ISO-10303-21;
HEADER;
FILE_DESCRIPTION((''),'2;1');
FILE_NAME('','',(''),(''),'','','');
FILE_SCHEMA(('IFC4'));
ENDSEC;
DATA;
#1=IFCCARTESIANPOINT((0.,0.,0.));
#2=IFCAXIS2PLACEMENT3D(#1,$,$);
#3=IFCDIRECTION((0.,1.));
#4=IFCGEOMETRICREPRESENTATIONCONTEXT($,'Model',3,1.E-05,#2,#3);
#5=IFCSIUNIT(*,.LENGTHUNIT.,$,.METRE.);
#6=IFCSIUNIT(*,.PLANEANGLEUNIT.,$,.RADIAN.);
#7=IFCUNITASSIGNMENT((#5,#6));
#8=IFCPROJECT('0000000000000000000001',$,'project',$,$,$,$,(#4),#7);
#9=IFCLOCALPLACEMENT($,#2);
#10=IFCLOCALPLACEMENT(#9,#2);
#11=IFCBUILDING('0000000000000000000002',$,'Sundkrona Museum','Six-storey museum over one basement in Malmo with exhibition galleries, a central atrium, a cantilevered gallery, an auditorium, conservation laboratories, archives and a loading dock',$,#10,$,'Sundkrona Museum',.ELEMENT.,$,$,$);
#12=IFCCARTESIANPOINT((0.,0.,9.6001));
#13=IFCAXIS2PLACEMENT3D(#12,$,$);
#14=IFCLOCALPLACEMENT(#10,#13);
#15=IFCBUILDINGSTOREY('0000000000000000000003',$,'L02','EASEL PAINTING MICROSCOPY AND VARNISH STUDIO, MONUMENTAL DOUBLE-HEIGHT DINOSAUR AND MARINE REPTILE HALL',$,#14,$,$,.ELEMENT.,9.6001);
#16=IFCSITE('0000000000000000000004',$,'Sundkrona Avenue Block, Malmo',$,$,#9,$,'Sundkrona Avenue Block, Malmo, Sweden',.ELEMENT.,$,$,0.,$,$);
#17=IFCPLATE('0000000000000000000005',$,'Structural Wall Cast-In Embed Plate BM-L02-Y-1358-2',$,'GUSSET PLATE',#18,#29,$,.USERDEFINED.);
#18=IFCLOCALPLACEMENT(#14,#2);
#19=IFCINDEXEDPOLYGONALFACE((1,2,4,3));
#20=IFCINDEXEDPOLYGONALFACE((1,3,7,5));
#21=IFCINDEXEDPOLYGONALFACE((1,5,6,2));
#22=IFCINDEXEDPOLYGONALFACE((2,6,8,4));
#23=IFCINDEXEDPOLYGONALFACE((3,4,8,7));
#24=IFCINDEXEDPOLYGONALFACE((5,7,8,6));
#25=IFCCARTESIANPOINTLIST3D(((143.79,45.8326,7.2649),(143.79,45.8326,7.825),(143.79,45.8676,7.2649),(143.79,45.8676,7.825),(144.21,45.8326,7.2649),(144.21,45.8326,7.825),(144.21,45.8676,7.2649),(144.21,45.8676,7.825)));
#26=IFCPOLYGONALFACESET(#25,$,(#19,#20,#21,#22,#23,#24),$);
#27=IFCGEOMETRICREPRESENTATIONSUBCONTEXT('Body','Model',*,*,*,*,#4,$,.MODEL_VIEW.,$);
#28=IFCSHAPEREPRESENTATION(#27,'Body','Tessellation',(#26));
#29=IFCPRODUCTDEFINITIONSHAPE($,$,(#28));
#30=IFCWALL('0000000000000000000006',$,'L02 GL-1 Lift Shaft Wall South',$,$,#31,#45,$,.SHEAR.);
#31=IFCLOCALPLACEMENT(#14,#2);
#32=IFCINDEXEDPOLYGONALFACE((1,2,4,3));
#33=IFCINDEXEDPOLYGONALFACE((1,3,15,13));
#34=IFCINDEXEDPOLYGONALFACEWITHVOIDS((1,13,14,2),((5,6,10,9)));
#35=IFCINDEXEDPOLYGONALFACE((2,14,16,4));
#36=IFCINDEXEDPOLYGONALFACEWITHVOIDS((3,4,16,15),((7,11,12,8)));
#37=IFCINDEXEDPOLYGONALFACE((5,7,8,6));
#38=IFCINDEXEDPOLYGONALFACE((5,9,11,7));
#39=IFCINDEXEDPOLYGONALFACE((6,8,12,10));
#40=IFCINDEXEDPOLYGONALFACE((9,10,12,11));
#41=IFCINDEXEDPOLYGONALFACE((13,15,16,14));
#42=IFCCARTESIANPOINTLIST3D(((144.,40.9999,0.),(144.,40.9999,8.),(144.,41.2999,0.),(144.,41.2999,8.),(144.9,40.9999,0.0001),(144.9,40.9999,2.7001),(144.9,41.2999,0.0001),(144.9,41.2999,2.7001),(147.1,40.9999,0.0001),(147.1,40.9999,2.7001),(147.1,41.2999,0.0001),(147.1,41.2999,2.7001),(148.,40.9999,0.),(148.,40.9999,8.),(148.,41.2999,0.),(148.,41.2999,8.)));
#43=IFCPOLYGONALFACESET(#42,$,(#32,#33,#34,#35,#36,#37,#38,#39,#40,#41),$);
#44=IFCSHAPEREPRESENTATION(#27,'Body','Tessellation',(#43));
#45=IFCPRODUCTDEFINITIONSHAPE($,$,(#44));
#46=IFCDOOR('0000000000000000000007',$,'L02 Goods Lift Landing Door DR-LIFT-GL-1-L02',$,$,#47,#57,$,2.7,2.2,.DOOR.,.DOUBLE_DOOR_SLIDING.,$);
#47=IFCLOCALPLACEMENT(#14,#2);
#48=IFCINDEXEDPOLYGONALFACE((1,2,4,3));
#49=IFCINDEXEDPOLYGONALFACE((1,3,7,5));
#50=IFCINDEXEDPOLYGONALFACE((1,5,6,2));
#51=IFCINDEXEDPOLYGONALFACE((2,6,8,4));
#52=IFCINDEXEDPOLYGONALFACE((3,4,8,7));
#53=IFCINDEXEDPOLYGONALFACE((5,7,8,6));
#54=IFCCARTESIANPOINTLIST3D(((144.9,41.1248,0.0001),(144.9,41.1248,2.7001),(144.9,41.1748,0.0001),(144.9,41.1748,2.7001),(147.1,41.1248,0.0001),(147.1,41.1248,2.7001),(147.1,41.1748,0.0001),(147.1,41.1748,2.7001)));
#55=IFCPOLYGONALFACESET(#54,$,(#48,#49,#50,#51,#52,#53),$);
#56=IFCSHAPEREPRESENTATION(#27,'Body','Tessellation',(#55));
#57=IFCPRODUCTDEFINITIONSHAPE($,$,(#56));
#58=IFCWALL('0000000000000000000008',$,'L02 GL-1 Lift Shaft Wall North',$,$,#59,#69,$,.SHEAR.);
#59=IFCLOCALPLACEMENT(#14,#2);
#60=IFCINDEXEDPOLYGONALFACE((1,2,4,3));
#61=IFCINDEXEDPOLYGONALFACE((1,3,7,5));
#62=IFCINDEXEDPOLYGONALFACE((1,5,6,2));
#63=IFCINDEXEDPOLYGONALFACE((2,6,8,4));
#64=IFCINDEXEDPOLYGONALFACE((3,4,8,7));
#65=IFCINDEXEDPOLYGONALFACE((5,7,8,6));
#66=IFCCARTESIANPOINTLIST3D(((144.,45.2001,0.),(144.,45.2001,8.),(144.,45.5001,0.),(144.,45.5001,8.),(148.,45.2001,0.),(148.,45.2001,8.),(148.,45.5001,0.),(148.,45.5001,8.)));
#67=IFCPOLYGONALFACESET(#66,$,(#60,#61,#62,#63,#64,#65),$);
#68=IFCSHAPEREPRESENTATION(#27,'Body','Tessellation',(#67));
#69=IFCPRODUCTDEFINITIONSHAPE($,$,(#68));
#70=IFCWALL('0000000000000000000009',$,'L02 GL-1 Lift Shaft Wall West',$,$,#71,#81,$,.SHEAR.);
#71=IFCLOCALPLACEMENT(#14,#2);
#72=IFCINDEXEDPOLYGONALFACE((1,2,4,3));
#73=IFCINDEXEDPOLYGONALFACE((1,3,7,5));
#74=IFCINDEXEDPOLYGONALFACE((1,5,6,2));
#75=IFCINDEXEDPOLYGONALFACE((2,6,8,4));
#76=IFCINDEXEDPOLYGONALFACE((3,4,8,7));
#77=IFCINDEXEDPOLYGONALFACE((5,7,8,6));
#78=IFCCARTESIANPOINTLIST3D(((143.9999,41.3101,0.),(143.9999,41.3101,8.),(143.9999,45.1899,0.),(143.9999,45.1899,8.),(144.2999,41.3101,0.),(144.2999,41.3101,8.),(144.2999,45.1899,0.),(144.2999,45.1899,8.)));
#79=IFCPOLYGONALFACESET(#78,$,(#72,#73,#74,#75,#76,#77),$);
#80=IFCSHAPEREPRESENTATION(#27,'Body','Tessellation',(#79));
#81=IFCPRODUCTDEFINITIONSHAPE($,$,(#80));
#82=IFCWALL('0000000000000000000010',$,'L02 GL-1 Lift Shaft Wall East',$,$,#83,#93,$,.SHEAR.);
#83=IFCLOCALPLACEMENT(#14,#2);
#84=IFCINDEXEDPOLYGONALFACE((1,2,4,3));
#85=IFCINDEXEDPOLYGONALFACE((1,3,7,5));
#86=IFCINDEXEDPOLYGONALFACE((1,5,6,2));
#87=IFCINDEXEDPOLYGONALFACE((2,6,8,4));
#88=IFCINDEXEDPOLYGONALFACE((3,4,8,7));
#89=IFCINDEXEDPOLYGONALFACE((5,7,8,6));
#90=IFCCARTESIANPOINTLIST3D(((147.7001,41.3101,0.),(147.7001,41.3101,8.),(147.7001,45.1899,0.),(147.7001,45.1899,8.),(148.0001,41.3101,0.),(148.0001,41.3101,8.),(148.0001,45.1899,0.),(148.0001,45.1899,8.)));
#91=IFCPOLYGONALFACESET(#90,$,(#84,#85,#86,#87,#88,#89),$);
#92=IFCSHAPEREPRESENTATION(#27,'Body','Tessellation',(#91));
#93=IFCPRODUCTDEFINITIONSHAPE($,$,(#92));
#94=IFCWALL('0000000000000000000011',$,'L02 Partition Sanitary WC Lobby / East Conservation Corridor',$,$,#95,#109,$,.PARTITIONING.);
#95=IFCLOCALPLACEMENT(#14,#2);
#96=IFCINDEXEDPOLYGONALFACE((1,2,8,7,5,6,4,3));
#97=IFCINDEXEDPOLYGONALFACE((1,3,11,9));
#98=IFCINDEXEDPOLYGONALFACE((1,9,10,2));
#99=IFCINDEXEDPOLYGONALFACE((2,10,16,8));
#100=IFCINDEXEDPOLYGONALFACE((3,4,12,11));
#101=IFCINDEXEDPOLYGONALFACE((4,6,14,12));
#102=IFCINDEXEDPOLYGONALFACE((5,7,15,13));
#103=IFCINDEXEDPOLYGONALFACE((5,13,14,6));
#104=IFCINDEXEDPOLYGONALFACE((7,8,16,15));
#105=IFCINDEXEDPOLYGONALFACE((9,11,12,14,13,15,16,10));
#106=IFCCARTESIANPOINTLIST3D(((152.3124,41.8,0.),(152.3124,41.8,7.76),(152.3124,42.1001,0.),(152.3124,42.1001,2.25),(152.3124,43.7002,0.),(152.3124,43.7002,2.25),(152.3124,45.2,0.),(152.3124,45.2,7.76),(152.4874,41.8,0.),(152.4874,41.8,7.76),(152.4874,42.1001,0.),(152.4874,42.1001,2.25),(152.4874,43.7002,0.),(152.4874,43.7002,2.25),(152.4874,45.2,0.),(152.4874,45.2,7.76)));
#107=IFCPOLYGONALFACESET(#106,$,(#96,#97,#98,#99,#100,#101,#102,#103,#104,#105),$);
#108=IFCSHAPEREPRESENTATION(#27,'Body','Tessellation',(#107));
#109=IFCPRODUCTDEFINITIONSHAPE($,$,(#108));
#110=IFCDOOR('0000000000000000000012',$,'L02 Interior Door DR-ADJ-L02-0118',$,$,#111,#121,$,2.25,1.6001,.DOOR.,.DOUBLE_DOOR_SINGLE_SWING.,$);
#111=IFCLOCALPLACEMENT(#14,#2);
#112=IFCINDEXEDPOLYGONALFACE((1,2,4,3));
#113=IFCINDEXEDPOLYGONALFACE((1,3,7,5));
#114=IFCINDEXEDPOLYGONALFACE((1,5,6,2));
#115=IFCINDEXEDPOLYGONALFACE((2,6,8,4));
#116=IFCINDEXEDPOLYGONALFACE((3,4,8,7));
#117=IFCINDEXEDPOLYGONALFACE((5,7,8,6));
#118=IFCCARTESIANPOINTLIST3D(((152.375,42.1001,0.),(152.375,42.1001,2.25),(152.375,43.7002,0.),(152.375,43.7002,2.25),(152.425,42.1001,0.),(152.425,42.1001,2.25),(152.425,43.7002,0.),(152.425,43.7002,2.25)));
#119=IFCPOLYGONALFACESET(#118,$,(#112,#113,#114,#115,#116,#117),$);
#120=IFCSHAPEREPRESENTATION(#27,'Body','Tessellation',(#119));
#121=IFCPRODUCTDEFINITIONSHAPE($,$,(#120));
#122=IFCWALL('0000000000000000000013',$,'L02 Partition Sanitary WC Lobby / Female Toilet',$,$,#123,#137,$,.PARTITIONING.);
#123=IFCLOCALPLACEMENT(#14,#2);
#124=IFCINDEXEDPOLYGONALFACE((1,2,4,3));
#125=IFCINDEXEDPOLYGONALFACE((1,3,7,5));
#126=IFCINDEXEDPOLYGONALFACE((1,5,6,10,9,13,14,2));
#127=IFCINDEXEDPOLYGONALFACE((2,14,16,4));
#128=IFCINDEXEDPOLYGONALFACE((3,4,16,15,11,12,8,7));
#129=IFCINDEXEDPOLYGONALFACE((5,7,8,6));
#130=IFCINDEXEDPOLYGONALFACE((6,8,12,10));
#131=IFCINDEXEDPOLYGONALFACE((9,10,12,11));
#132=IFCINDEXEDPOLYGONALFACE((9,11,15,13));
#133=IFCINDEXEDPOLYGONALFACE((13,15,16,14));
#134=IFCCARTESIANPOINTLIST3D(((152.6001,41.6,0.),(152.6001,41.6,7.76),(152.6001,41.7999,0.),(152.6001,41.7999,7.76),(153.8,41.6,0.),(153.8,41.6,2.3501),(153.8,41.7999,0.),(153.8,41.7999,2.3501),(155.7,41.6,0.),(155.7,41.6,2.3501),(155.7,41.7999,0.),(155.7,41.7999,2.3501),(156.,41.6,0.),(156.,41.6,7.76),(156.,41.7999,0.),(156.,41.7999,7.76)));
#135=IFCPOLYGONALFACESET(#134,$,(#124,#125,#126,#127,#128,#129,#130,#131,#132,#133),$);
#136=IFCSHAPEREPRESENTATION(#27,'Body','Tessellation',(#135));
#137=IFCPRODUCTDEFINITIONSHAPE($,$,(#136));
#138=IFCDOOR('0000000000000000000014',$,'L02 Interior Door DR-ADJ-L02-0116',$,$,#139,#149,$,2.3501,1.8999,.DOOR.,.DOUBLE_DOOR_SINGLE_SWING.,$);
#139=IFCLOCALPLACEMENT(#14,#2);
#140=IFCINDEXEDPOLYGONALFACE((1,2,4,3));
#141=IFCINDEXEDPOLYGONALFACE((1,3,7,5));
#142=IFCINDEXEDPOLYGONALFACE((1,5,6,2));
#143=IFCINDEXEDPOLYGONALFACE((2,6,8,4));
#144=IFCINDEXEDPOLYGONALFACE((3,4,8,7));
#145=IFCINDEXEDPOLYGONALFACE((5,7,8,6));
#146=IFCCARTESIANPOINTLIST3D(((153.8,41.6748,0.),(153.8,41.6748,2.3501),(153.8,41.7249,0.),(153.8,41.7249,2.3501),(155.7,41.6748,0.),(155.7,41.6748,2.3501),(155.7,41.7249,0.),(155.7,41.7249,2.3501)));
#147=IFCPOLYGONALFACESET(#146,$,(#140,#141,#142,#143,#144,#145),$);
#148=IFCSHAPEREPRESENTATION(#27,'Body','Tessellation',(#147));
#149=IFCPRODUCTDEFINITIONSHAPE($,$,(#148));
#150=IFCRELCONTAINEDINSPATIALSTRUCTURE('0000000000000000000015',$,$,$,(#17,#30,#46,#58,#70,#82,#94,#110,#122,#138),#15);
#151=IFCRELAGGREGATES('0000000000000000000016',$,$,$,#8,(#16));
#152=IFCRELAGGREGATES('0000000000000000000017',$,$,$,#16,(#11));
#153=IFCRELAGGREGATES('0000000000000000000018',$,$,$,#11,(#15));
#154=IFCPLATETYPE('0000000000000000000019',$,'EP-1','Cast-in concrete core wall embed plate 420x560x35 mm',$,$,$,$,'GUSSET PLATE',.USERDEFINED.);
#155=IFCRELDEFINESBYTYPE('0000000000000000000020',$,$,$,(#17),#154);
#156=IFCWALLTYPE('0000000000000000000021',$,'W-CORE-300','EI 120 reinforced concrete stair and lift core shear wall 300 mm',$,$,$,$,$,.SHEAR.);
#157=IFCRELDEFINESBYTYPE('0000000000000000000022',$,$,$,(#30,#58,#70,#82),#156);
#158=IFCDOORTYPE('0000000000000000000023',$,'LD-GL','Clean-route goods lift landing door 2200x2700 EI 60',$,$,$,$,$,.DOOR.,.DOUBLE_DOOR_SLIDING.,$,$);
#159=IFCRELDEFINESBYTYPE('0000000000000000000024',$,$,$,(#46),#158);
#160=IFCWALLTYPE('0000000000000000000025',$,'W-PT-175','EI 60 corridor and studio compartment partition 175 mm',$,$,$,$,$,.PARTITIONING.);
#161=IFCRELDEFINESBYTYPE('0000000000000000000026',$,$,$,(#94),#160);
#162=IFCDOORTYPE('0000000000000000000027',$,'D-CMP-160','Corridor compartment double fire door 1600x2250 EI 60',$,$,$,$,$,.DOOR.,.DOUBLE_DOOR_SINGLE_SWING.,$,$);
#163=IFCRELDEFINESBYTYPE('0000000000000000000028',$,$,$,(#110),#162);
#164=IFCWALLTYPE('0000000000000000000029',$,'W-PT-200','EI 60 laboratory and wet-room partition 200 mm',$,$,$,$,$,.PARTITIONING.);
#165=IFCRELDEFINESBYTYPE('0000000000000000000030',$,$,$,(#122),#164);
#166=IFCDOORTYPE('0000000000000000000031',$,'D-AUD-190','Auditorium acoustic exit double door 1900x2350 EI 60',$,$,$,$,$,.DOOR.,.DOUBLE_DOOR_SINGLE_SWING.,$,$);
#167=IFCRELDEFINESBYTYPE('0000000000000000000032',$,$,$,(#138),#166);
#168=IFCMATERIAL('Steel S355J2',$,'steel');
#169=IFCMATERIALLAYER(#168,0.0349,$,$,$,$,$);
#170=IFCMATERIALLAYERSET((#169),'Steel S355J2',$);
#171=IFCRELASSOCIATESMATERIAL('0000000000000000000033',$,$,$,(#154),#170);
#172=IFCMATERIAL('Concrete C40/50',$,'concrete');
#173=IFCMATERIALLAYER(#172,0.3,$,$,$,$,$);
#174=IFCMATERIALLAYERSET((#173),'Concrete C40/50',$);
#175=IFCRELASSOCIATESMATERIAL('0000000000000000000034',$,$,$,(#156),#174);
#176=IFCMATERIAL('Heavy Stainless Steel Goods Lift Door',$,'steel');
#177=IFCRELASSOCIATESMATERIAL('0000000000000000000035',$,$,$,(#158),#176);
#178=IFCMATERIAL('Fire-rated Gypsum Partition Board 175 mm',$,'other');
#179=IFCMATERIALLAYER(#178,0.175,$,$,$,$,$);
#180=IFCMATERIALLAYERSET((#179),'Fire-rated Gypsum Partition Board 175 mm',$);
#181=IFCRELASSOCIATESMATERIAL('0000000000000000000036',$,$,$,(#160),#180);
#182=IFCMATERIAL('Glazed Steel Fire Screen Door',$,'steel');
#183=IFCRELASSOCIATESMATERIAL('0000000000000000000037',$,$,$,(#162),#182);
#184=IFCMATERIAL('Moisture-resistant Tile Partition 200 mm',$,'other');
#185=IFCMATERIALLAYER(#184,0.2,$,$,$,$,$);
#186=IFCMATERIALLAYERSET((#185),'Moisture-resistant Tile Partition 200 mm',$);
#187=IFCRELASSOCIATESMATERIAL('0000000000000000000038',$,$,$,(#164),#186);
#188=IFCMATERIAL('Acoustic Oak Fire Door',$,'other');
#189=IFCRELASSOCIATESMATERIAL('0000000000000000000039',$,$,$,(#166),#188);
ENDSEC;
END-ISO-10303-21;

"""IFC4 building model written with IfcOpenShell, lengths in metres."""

from ifc_helpers import new_model, si_unit, direction, frame, frame_2d, origin, origin_2d, place, context, subcontext, project, spatial, rectangle, extrude, material, layer, layer_set, type_object, element, fill, save


model = new_model("IFC4")

# Units and contexts
model_context = context("Model", 3, precision=1e-05, world=origin(), true_north=direction((0.0, 1.0)))
body_context = subcontext(model_context, "Body", "Model", "MODEL_VIEW")
ifc_project = project(units=[si_unit("LENGTHUNIT", "METRE"), si_unit("PLANEANGLEUNIT", "RADIAN")], contexts=[model_context])

# Site, building, storey
site_placement = place(None, origin())
site = spatial("IfcSite", under=ifc_project, at=site_placement, Name="Sundkrona Avenue Block, Malmo", LongName="Sundkrona Avenue Block, Malmo, Sweden", CompositionType="ELEMENT", RefElevation=0.0)
building_placement = place(site_placement, origin())
building = spatial("IfcBuilding", under=site, at=building_placement, Name="Sundkrona Museum", Description="Six-storey museum over one basement in Malmo with exhibition galleries, a central atrium, a cantilevered gallery, an auditorium, conservation laboratories, archives and a loading dock", LongName="Sundkrona Museum", CompositionType="ELEMENT")
storey_placement = place(building_placement, frame((0.0, 0.0, 9.6001)))
storey = spatial("IfcBuildingStorey", under=building, at=storey_placement, Name="L02", Description="EASEL PAINTING MICROSCOPY AND VARNISH STUDIO, MONUMENTAL DOUBLE-HEIGHT DINOSAUR AND MARINE REPTILE HALL", CompositionType="ELEMENT", Elevation=9.6001)

# Shared definitions
ifc_material_1 = material(Name="Steel S355J2", Category="steel")

# Plate
ifc_layer_1 = layer(ifc_material_1, 0.0349)
ifc_layer_set_1 = layer_set([ifc_layer_1], Name="Steel S355J2")
plate_type = type_object("IfcPlateType", Name="EP-1", Description="Cast-in concrete core wall embed plate 420x560x35 mm", ElementType="GUSSET PLATE", PredefinedType="USERDEFINED", material=ifc_layer_set_1)
plate_placement = place(storey_placement, frame((144.0, 45.8501, 7.2649), z_axis=(0.0, 0.0, 1.0), x_axis=(1.0, 0.0, 0.0)))
element("IfcPlate", 1, at=plate_placement, inside=storey, type_object=plate_type, Name="Structural Wall Cast-In Embed Plate BM-L02-Y-1358-2", ObjectType="GUSSET PLATE", PredefinedType="USERDEFINED", context=body_context, shape_type="SweptSolid", body=[
    extrude(rectangle(XDim=0.4199, YDim=0.0349, at=origin_2d()), origin(), (0.0, 0.0, 1.0), 0.5601),
])

# Wall, opening, door
ifc_material_2 = material(Name="Concrete C40/50", Category="concrete")
ifc_layer_2 = layer(ifc_material_2, 0.3)
ifc_layer_set_2 = layer_set([ifc_layer_2], Name="Concrete C40/50")
wall_type_1 = type_object("IfcWallType", Name="W-CORE-300", Description="EI 120 reinforced concrete stair and lift core shear wall 300 mm", PredefinedType="SHEAR", material=ifc_layer_set_2)
wall_1_placement = place(storey_placement, frame((144.0, 41.1499, 0.0), z_axis=(0.0, 0.0, 1.0), x_axis=(1.0, 0.0, 0.0)))
wall_1 = element("IfcWall", 2, at=wall_1_placement, inside=storey, type_object=wall_type_1, Name="L02 GL-1 Lift Shaft Wall South", PredefinedType="SHEAR", context=body_context, shape_type="SweptSolid", body=[
    extrude(rectangle(XDim=4.0, YDim=0.3, at=frame_2d((2.0, 0.0))), origin(), (0.0, 0.0, 1.0), 8.0),
])
opening_1_placement = place(wall_1_placement, frame((0.8999, 0.0, 0.0)))
opening_1 = element("IfcOpeningElement", 3, at=opening_1_placement, cuts=wall_1, PredefinedType="OPENING", context=body_context, shape_type="SweptSolid", body=[
    extrude(rectangle(XDim=2.2, YDim=2.7, at=frame_2d((1.1001, 1.3501))), frame((0.0, 0.1599, 0.0), z_axis=(0.0, -1.0, 0.0), x_axis=(1.0, 0.0, 0.0)), (0.0, 0.0, 1.0), 0.3201),
])
ifc_material_3 = material(Name="Heavy Stainless Steel Goods Lift Door", Category="steel")
door_type_1 = type_object("IfcDoorType", Name="LD-GL", Description="Clean-route goods lift landing door 2200x2700 EI 60", OperationType="DOUBLE_DOOR_SLIDING", PredefinedType="DOOR", material=ifc_material_3)
door_1_placement = place(opening_1_placement, origin())
door_1 = element("IfcDoor", 4, at=door_1_placement, inside=storey, type_object=door_type_1, Name="L02 Goods Lift Landing Door DR-LIFT-GL-1-L02", OperationType="DOUBLE_DOOR_SLIDING", OverallHeight=2.7, OverallWidth=2.2, PredefinedType="DOOR", context=body_context, shape_type="SweptSolid", body=[
    extrude(rectangle(XDim=2.2, YDim=2.7, at=frame_2d((1.1001, 1.3501))), frame((0.0, 0.0249, 0.0), z_axis=(0.0, -1.0, 0.0), x_axis=(1.0, 0.0, 0.0)), (0.0, 0.0, 1.0), 0.05),
])
fill(opening_1, door_1)

# Walls
wall_2_placement = place(storey_placement, frame((144.0, 45.3501, 0.0), z_axis=(0.0, 0.0, 1.0), x_axis=(1.0, 0.0, 0.0)))
element("IfcWall", 5, at=wall_2_placement, inside=storey, type_object=wall_type_1, Name="L02 GL-1 Lift Shaft Wall North", PredefinedType="SHEAR", context=body_context, shape_type="SweptSolid", body=[
    extrude(rectangle(XDim=4.0, YDim=0.3, at=frame_2d((2.0, 0.0))), origin(), (0.0, 0.0, 1.0), 8.0),
])
for number, where, z_axis, x_axis, name in (
    (6, (144.1499, 41.3101, 0.0), (0.0, 0.0, 1.0), (0.0, 1.0, 0.0), "L02 GL-1 Lift Shaft Wall West"),
    (7, (147.8501, 41.3101, 0.0), (0.0, 0.0, 1.0), (0.0, 1.0, 0.0), "L02 GL-1 Lift Shaft Wall East"),
):
    element("IfcWall", number, at=place(storey_placement, frame(where, z_axis=z_axis, x_axis=x_axis)), inside=storey, type_object=wall_type_1, Name=name, PredefinedType="SHEAR", context=body_context, shape_type="SweptSolid", body=[
        extrude(rectangle(XDim=3.8799, YDim=0.3, at=frame_2d((1.9399, 0.0))), origin(), (0.0, 0.0, 1.0), 8.0),
    ])

# Walls, openings, doors
ifc_material_4 = material(Name="Fire-rated Gypsum Partition Board 175 mm", Category="other")
ifc_layer_3 = layer(ifc_material_4, 0.175)
ifc_layer_set_3 = layer_set([ifc_layer_3], Name="Fire-rated Gypsum Partition Board 175 mm")
wall_type_2 = type_object("IfcWallType", Name="W-PT-175", Description="EI 60 corridor and studio compartment partition 175 mm", PredefinedType="PARTITIONING", material=ifc_layer_set_3)
wall_3_placement = place(storey_placement, frame((152.3999, 41.8, 0.0), z_axis=(0.0, 0.0, 1.0), x_axis=(0.0, 1.0, 0.0)))
wall_3 = element("IfcWall", 8, at=wall_3_placement, inside=storey, type_object=wall_type_2, Name="L02 Partition Sanitary WC Lobby / East Conservation Corridor", PredefinedType="PARTITIONING", context=body_context, shape_type="SweptSolid", body=[
    extrude(rectangle(XDim=3.3999, YDim=0.175, at=frame_2d((1.7, 0.0))), origin(), (0.0, 0.0, 1.0), 7.76),
])
opening_2_placement = place(wall_3_placement, frame((0.3, 0.0, 0.0)))
opening_2 = element("IfcOpeningElement", 9, at=opening_2_placement, cuts=wall_3, PredefinedType="OPENING", context=body_context, shape_type="SweptSolid", body=[
    extrude(rectangle(XDim=1.6001, YDim=2.25, at=frame_2d((0.8, 1.125))), frame((0.0, 0.0974, 0.0), z_axis=(0.0, -1.0, 0.0), x_axis=(1.0, 0.0, 0.0)), (0.0, 0.0, 1.0), 0.1951),
])
ifc_material_5 = material(Name="Glazed Steel Fire Screen Door", Category="steel")
door_type_2 = type_object("IfcDoorType", Name="D-CMP-160", Description="Corridor compartment double fire door 1600x2250 EI 60", OperationType="DOUBLE_DOOR_SINGLE_SWING", PredefinedType="DOOR", material=ifc_material_5)
door_2_placement = place(opening_2_placement, origin())
door_2 = element("IfcDoor", 10, at=door_2_placement, inside=storey, type_object=door_type_2, Name="L02 Interior Door DR-ADJ-L02-0118", OperationType="DOUBLE_DOOR_SINGLE_SWING", OverallHeight=2.25, OverallWidth=1.6001, PredefinedType="DOOR", context=body_context, shape_type="SweptSolid", body=[
    extrude(rectangle(XDim=1.6001, YDim=2.25, at=frame_2d((0.8, 1.125))), frame((0.0, 0.0249, 0.0), z_axis=(0.0, -1.0, 0.0), x_axis=(1.0, 0.0, 0.0)), (0.0, 0.0, 1.0), 0.05),
])
fill(opening_2, door_2)
ifc_material_6 = material(Name="Moisture-resistant Tile Partition 200 mm", Category="other")
ifc_layer_4 = layer(ifc_material_6, 0.2)
ifc_layer_set_4 = layer_set([ifc_layer_4], Name="Moisture-resistant Tile Partition 200 mm")
wall_type_3 = type_object("IfcWallType", Name="W-PT-200", Description="EI 60 laboratory and wet-room partition 200 mm", PredefinedType="PARTITIONING", material=ifc_layer_set_4)
wall_4_placement = place(storey_placement, frame((152.6001, 41.7, 0.0), z_axis=(0.0, 0.0, 1.0), x_axis=(1.0, 0.0, 0.0)))
wall_4 = element("IfcWall", 11, at=wall_4_placement, inside=storey, type_object=wall_type_3, Name="L02 Partition Sanitary WC Lobby / Female Toilet", PredefinedType="PARTITIONING", context=body_context, shape_type="SweptSolid", body=[
    extrude(rectangle(XDim=3.3999, YDim=0.2, at=frame_2d((1.7, 0.0))), origin(), (0.0, 0.0, 1.0), 7.76),
])
opening_3_placement = place(wall_4_placement, frame((1.2, 0.0, 0.0)))
opening_3 = element("IfcOpeningElement", 12, at=opening_3_placement, cuts=wall_4, PredefinedType="OPENING", context=body_context, shape_type="SweptSolid", body=[
    extrude(rectangle(XDim=1.8999, YDim=2.3501, at=frame_2d((0.95, 1.175))), frame((0.0, 0.1099, 0.0), z_axis=(0.0, -1.0, 0.0), x_axis=(1.0, 0.0, 0.0)), (0.0, 0.0, 1.0), 0.22),
])
ifc_material_7 = material(Name="Acoustic Oak Fire Door", Category="other")
door_type_3 = type_object("IfcDoorType", Name="D-AUD-190", Description="Auditorium acoustic exit double door 1900x2350 EI 60", OperationType="DOUBLE_DOOR_SINGLE_SWING", PredefinedType="DOOR", material=ifc_material_7)
door_3_placement = place(opening_3_placement, origin())
door_3 = element("IfcDoor", 13, at=door_3_placement, inside=storey, type_object=door_type_3, Name="L02 Interior Door DR-ADJ-L02-0116", OperationType="DOUBLE_DOOR_SINGLE_SWING", OverallHeight=2.3501, OverallWidth=1.8999, PredefinedType="DOOR", context=body_context, shape_type="SweptSolid", body=[
    extrude(rectangle(XDim=1.8999, YDim=2.3501, at=frame_2d((0.95, 1.175))), frame((0.0, 0.0249, 0.0), z_axis=(0.0, -1.0, 0.0), x_axis=(1.0, 0.0, 0.0)), (0.0, 0.0, 1.0), 0.05),
])
fill(opening_3, door_3)

save(model, "model.ifc")
